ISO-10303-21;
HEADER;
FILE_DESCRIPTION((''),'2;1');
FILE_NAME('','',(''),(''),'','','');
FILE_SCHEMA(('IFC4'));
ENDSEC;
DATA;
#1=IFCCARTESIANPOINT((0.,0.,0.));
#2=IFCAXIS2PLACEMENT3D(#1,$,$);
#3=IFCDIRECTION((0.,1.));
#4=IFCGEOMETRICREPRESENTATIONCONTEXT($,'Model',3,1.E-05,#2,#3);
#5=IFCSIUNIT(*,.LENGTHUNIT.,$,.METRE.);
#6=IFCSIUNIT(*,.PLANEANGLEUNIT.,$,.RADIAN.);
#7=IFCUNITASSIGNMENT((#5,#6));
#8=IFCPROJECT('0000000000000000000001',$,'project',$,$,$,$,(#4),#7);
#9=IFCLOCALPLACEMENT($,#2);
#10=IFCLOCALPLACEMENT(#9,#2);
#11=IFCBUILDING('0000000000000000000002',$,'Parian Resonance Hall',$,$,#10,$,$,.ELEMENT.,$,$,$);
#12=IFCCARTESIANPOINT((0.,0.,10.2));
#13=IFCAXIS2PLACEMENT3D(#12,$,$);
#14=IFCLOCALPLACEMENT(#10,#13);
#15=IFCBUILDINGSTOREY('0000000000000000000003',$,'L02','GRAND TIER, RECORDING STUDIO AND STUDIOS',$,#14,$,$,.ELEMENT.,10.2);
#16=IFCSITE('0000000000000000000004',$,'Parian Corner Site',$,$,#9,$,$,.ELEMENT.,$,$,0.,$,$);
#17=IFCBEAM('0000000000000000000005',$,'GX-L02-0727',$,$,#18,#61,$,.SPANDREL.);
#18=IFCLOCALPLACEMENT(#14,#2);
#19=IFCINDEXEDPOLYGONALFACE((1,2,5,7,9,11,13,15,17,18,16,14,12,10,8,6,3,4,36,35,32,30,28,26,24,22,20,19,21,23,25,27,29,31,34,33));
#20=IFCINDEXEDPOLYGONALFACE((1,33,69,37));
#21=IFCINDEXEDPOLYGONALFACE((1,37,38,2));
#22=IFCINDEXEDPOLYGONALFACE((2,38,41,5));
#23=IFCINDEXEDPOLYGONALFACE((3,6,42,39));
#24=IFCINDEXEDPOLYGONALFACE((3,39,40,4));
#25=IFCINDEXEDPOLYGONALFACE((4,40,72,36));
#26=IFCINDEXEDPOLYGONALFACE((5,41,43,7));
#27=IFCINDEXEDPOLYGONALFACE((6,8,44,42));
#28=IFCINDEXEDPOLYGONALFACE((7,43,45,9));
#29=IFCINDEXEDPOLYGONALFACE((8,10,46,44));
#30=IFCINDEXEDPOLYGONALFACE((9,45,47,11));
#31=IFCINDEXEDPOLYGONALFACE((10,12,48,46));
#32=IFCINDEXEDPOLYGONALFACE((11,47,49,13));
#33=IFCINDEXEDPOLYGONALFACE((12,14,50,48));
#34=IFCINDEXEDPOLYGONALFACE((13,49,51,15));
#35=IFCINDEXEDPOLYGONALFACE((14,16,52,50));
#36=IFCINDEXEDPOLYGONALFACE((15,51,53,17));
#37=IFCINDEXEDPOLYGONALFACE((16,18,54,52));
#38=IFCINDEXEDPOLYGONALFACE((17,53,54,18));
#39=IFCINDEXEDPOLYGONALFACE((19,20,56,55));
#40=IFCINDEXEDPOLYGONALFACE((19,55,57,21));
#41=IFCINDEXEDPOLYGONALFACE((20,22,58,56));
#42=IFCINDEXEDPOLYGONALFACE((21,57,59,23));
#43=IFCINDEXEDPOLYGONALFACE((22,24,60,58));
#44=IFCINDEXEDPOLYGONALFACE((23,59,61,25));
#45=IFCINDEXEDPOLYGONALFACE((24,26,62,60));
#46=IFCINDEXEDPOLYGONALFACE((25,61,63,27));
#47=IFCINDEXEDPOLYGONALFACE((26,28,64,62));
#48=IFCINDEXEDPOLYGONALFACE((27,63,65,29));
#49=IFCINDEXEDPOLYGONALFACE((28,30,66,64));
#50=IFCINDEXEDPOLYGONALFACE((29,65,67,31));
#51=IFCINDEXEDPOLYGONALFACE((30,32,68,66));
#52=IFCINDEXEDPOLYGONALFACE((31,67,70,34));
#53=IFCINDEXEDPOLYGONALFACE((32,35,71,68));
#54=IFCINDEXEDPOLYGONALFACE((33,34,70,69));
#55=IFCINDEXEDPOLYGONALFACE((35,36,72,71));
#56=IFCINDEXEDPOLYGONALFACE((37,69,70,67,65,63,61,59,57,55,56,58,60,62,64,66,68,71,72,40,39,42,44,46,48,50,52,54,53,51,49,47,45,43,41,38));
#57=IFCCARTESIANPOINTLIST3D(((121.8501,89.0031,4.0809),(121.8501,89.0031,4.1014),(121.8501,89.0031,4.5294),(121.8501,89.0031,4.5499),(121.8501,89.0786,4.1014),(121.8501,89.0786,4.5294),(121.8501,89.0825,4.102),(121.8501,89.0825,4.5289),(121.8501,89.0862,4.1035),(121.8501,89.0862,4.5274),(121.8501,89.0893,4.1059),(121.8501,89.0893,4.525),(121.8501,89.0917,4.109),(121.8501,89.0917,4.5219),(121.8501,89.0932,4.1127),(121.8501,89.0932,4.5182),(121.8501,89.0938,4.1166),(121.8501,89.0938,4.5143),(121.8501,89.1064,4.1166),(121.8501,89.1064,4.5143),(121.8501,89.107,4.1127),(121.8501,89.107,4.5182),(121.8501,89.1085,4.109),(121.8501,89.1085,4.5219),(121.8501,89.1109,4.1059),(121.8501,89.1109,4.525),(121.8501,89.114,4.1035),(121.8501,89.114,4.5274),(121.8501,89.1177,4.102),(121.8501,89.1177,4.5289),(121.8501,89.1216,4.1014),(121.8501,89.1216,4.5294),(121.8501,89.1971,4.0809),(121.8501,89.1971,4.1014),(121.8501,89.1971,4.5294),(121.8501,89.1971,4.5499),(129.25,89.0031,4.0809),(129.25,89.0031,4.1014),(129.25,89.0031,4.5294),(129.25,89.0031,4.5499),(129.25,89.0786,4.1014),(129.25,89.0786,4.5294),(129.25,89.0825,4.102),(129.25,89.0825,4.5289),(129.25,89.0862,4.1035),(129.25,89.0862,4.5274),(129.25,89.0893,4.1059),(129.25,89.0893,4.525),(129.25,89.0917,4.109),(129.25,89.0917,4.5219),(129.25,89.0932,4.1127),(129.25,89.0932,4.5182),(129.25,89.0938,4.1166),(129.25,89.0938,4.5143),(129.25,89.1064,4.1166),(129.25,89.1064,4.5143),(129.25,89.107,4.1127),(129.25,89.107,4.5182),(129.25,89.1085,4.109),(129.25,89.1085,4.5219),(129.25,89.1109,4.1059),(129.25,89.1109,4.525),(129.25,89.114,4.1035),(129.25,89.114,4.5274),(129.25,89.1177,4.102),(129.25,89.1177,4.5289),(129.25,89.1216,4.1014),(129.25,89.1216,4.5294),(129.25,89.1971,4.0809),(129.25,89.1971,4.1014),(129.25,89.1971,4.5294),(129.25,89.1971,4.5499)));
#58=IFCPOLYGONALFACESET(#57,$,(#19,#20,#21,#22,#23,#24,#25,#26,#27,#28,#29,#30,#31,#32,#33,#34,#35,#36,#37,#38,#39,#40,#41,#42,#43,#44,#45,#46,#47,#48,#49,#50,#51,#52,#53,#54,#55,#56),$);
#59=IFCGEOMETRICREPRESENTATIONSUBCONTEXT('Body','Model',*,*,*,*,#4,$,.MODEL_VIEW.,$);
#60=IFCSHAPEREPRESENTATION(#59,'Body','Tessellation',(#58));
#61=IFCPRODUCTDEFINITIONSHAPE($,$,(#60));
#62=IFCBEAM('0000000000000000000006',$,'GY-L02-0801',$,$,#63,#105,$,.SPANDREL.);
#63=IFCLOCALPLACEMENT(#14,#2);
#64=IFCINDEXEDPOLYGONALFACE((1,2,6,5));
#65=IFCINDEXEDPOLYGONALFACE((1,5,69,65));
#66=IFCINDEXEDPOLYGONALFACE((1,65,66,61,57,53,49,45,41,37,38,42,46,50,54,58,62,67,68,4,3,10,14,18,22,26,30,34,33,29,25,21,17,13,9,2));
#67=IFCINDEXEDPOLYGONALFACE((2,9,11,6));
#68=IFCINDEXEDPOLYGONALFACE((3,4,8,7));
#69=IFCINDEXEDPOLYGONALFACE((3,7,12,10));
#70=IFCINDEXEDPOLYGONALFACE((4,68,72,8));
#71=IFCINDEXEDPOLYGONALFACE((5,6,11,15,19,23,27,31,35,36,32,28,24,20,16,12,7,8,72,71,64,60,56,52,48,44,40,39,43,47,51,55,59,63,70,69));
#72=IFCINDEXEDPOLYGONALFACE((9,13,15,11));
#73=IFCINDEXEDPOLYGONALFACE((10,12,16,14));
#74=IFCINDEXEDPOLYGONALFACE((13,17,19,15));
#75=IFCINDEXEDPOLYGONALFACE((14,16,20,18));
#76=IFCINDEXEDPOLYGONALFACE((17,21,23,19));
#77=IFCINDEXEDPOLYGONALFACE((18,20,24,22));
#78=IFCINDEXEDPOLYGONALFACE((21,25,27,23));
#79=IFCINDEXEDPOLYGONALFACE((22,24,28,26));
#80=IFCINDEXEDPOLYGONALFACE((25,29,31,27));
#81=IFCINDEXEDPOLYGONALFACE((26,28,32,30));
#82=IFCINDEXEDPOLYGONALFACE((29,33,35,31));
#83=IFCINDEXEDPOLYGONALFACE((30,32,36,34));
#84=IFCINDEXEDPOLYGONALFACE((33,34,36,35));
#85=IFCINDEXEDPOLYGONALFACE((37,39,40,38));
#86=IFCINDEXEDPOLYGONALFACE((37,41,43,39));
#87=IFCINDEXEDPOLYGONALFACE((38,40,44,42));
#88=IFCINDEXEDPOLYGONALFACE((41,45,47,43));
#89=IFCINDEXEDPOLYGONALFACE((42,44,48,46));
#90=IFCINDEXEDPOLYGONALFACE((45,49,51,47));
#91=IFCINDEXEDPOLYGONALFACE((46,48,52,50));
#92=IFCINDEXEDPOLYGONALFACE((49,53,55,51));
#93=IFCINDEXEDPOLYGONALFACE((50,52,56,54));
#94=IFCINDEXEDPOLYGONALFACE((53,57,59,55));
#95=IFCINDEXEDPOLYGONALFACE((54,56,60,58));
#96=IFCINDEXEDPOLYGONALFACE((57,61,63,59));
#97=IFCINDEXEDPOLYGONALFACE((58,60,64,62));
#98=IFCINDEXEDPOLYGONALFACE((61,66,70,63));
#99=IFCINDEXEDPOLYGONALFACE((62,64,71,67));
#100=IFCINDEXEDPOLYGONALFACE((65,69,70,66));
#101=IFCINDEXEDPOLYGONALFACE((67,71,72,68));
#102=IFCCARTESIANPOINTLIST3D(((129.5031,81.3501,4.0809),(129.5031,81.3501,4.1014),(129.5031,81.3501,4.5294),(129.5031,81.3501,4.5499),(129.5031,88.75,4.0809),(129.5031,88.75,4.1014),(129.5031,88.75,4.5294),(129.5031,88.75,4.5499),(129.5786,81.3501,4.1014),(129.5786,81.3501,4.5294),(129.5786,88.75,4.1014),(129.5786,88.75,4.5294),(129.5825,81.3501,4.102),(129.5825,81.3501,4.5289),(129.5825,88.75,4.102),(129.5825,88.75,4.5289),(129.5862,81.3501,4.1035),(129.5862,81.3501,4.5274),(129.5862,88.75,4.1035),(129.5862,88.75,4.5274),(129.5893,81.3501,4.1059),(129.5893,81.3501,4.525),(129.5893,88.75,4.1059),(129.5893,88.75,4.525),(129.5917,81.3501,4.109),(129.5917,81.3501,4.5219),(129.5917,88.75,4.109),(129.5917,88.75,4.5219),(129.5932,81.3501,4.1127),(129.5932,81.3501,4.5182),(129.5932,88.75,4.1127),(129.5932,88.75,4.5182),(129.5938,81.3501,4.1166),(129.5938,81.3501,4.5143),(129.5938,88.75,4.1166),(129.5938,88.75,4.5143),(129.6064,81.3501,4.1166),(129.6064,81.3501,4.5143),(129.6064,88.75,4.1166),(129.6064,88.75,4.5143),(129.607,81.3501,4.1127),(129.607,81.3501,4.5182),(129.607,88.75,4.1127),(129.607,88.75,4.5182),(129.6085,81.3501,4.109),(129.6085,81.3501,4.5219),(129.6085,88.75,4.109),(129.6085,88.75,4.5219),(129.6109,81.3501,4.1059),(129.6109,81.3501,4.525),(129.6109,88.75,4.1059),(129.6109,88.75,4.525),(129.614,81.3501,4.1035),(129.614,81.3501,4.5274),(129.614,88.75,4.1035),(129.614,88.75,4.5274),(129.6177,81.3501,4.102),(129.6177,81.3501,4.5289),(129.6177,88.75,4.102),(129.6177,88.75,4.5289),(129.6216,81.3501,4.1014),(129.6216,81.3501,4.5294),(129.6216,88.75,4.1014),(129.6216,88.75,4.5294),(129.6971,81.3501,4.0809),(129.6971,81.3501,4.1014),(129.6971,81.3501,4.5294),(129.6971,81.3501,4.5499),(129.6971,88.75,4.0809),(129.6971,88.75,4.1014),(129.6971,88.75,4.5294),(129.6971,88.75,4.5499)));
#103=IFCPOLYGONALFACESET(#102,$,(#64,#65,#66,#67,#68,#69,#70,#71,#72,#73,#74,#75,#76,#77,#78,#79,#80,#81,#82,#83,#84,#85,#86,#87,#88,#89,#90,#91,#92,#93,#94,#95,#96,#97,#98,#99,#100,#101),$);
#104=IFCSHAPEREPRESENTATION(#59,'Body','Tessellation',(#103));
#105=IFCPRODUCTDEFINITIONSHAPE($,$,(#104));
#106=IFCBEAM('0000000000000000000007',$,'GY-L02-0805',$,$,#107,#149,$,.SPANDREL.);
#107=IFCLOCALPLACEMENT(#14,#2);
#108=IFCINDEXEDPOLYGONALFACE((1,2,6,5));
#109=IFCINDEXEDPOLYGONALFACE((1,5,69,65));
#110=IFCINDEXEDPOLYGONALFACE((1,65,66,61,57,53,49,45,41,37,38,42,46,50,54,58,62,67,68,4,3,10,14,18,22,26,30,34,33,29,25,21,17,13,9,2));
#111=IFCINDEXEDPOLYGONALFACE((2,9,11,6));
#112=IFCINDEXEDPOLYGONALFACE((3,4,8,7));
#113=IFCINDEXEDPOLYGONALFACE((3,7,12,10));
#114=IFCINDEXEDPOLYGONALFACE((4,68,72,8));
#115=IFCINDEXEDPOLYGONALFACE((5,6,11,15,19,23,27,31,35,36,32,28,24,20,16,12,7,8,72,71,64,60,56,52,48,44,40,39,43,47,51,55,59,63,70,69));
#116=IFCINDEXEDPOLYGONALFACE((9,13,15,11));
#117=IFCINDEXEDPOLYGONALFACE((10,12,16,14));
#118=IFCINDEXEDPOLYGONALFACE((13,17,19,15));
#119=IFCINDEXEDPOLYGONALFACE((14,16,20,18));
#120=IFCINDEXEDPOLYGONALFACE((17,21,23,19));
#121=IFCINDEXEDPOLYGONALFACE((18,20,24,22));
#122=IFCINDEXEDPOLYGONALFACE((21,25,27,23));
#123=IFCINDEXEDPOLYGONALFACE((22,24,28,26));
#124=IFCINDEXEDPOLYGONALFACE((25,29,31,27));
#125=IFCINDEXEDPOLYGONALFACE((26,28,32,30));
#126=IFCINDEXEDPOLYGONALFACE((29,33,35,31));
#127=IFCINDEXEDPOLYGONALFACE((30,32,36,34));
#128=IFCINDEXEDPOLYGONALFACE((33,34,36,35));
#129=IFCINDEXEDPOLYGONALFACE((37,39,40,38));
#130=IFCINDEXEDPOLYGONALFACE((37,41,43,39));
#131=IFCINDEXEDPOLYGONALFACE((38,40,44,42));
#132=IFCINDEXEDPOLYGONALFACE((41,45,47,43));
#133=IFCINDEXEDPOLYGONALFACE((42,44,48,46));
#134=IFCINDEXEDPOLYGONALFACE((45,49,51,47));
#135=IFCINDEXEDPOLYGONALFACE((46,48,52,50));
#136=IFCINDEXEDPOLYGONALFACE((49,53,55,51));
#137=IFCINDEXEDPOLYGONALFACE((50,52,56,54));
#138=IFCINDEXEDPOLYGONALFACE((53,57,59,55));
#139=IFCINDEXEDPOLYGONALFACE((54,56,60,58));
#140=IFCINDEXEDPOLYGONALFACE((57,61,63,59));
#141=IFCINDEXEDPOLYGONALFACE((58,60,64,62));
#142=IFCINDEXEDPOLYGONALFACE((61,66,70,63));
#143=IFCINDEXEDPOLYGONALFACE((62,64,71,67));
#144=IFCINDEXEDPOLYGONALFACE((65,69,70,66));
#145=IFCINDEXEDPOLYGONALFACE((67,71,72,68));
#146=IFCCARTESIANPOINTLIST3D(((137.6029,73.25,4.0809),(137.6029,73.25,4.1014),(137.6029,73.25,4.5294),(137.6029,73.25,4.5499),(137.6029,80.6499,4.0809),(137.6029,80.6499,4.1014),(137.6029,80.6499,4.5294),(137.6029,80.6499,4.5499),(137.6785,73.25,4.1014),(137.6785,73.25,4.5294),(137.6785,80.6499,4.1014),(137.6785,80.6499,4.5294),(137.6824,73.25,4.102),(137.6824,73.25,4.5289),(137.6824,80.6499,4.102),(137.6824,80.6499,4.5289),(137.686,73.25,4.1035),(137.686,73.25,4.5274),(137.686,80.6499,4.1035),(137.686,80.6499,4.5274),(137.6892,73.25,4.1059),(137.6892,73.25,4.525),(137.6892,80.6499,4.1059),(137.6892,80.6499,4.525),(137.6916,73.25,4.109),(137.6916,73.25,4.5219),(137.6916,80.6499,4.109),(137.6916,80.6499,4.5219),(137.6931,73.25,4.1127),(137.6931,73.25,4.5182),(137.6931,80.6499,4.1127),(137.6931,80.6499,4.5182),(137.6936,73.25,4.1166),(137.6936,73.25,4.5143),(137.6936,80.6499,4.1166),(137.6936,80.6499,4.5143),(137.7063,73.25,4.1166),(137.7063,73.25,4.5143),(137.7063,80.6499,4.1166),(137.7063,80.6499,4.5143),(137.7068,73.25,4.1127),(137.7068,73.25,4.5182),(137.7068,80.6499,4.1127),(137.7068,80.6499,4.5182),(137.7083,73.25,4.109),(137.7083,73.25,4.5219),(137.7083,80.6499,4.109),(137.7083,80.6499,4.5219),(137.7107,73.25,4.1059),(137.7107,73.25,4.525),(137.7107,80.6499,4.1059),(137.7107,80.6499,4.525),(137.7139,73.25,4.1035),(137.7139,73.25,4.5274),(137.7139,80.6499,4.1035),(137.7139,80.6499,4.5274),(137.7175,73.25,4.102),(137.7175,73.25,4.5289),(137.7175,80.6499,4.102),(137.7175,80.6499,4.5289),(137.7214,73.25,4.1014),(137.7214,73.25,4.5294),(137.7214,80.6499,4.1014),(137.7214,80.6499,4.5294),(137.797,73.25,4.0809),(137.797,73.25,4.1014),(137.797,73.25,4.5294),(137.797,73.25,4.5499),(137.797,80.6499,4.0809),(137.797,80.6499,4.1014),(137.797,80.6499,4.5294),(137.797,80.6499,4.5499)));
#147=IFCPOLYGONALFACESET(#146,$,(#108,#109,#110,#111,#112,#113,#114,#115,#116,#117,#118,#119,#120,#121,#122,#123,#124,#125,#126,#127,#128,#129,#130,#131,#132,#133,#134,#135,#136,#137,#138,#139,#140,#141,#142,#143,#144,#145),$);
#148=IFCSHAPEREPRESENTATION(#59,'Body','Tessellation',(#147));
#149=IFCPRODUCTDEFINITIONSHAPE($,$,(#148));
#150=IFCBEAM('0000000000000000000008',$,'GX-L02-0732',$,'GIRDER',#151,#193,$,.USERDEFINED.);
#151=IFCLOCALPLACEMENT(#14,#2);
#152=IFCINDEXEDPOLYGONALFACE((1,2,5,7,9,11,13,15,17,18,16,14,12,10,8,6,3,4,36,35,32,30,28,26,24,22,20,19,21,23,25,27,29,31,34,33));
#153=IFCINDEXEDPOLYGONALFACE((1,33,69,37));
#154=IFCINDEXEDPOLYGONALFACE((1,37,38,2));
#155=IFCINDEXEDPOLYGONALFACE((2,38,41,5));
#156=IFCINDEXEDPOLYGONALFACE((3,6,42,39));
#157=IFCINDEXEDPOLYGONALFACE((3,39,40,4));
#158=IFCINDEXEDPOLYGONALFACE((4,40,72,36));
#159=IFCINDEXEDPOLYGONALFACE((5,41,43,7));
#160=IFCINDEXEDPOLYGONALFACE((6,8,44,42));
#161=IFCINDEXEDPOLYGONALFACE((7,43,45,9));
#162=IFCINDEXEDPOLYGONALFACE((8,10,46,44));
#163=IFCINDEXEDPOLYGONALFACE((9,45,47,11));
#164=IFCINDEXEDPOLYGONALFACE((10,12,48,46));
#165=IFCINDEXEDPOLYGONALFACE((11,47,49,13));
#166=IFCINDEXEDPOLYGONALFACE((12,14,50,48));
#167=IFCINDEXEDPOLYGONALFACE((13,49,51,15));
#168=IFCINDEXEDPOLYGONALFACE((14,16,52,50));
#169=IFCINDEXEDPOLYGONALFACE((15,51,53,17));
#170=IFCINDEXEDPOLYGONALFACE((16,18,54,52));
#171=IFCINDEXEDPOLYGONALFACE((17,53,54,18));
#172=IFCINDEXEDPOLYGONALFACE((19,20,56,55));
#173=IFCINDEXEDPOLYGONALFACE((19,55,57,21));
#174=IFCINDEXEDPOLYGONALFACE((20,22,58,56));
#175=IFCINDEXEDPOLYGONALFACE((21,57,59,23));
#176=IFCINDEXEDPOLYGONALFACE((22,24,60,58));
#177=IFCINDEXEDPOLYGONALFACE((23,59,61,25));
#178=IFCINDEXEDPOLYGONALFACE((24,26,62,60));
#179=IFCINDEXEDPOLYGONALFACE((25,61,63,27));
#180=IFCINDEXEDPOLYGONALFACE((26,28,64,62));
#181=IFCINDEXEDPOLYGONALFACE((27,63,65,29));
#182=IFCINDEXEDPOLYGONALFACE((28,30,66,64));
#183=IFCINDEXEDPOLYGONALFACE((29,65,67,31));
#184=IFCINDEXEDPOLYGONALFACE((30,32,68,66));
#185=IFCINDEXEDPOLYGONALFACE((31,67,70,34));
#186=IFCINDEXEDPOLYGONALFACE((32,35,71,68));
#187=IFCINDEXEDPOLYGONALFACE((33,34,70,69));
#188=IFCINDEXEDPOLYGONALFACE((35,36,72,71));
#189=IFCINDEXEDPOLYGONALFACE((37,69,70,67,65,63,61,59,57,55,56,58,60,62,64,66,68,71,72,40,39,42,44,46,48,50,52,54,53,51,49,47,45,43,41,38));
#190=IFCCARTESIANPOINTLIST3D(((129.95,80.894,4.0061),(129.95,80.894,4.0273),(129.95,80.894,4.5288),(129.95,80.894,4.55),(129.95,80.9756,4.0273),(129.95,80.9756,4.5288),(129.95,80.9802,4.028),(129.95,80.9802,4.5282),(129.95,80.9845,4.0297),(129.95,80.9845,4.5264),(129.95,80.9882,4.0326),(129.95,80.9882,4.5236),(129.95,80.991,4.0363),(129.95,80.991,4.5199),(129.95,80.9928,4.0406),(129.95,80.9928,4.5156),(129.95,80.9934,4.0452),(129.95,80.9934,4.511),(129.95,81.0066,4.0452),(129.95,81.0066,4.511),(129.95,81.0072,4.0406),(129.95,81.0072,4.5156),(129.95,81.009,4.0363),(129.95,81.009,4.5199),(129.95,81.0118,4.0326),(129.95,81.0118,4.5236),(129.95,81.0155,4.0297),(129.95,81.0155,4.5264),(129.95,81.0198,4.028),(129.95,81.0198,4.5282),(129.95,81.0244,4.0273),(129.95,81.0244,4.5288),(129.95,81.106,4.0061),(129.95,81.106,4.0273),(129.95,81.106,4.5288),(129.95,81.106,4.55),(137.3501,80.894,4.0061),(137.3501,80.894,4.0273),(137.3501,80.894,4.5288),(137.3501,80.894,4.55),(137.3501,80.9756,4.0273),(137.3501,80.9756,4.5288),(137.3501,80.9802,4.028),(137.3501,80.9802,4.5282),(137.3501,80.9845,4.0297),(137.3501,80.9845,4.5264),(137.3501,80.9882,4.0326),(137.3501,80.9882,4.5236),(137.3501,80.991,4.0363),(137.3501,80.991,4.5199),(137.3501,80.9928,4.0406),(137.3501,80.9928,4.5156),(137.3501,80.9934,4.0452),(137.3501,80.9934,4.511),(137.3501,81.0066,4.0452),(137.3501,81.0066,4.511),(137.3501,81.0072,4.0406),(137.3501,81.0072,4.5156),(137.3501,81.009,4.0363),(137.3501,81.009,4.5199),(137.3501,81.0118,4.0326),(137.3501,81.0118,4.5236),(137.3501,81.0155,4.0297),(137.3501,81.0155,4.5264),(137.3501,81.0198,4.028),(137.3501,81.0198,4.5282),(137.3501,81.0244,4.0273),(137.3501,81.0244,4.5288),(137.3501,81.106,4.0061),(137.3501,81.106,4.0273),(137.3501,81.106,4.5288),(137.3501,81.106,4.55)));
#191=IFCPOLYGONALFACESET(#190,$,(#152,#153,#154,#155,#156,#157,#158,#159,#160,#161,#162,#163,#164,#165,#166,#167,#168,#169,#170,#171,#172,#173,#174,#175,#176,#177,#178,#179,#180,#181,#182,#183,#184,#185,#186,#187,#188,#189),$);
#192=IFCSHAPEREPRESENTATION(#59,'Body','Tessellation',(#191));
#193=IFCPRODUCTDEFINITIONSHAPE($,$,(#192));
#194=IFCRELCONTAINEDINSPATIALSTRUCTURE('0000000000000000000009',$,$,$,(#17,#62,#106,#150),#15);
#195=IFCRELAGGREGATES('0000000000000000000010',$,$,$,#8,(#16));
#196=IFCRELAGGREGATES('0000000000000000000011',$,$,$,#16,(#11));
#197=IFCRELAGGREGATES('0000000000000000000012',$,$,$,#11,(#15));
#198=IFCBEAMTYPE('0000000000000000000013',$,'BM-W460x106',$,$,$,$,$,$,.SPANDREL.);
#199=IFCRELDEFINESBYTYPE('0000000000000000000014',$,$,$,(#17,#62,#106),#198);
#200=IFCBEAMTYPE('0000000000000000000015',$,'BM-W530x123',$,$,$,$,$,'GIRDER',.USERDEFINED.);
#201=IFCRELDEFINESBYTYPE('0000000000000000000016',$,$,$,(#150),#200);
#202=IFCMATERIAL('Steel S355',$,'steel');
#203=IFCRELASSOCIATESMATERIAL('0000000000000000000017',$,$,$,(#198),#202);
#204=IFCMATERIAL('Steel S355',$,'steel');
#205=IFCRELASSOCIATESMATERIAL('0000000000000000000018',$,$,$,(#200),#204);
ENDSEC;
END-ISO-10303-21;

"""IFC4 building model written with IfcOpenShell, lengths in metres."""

from ifc_helpers import new_model, si_unit, direction, frame, origin, origin_2d, place, context, subcontext, project, spatial, i_section, extrude, material, material_profile, profile_set, type_object, element, save


model = new_model("IFC4")

# Units and contexts
model_context = context("Model", 3, precision=1e-05, world=origin(), true_north=direction((0.0, 1.0)))
body_context = subcontext(model_context, "Body", "Model", "MODEL_VIEW")
ifc_project = project(units=[si_unit("LENGTHUNIT", "METRE"), si_unit("PLANEANGLEUNIT", "RADIAN")], contexts=[model_context])

# Site, building, storey
site_placement = place(None, origin())
site = spatial("IfcSite", under=ifc_project, at=site_placement, Name="Parian Corner Site", CompositionType="ELEMENT", RefElevation=0.0)
building_placement = place(site_placement, origin())
building = spatial("IfcBuilding", under=site, at=building_placement, Name="Parian Resonance Hall", CompositionType="ELEMENT")
storey_placement = place(building_placement, frame((0.0, 0.0, 10.2)))
storey = spatial("IfcBuildingStorey", under=building, at=storey_placement, Name="L02", Description="GRAND TIER, RECORDING STUDIO AND STUDIOS", CompositionType="ELEMENT", Elevation=10.2)

# Beams
ifc_material_1 = material(Name="Steel S355", Category="steel")
ifc_material_profile_1 = material_profile(ifc_material_1, i_section(OverallWidth=0.1941, OverallDepth=0.469, WebThickness=0.0127, FlangeThickness=0.0205, FilletRadius=0.0151, at=origin_2d()), Name="W460x106")
ifc_profile_set_1 = profile_set([ifc_material_profile_1], Name="Steel S355")
beam_type_1 = type_object("IfcBeamType", Name="BM-W460x106", PredefinedType="SPANDREL", material=ifc_profile_set_1)
for number, where, z_axis, x_axis, name in (
    (1, (121.8501, 89.1001, 4.3154), (1.0, 0.0, 0.0), (0.0, 1.0, 0.0), "GX-L02-0727"),
    (2, (129.6001, 81.3501, 4.3154), (0.0, 1.0, 0.0), (-1.0, 0.0, 0.0), "GY-L02-0801"),
    (3, (137.7, 73.25, 4.3154), (0.0, 1.0, 0.0), (-1.0, 0.0, 0.0), "GY-L02-0805"),
):
    element("IfcBeam", number, at=place(storey_placement, frame(where, z_axis=z_axis, x_axis=x_axis)), inside=storey, type_object=beam_type_1, Name=name, PredefinedType="SPANDREL", context=body_context, shape_type="SweptSolid", body=[
        extrude(i_section(OverallWidth=0.1941, OverallDepth=0.469, WebThickness=0.0127, FlangeThickness=0.0205, FilletRadius=0.0151, at=origin_2d()), origin(), (0.0, 0.0, 1.0), 7.3999),
    ])
ifc_material_2 = material(Name="Steel S355", Category="steel")
ifc_material_profile_2 = material_profile(ifc_material_2, i_section(OverallWidth=0.2119, OverallDepth=0.5439, WebThickness=0.0132, FlangeThickness=0.0212, FilletRadius=0.0178, at=origin_2d()), Name="W530x123")
ifc_profile_set_2 = profile_set([ifc_material_profile_2], Name="Steel S355")
beam_type_2 = type_object("IfcBeamType", Name="BM-W530x123", ElementType="GIRDER", PredefinedType="USERDEFINED", material=ifc_profile_set_2)
beam_1_placement = place(storey_placement, frame((129.95, 81.0, 4.2781), z_axis=(1.0, 0.0, 0.0), x_axis=(0.0, 1.0, 0.0)))
element("IfcBeam", 4, at=beam_1_placement, inside=storey, type_object=beam_type_2, Name="GX-L02-0732", ObjectType="GIRDER", PredefinedType="USERDEFINED", context=body_context, shape_type="SweptSolid", body=[
    extrude(i_section(OverallWidth=0.2119, OverallDepth=0.5439, WebThickness=0.0132, FlangeThickness=0.0212, FilletRadius=0.0178, at=origin_2d()), origin(), (0.0, 0.0, 1.0), 7.4001),
])

save(model, "model.ifc")
